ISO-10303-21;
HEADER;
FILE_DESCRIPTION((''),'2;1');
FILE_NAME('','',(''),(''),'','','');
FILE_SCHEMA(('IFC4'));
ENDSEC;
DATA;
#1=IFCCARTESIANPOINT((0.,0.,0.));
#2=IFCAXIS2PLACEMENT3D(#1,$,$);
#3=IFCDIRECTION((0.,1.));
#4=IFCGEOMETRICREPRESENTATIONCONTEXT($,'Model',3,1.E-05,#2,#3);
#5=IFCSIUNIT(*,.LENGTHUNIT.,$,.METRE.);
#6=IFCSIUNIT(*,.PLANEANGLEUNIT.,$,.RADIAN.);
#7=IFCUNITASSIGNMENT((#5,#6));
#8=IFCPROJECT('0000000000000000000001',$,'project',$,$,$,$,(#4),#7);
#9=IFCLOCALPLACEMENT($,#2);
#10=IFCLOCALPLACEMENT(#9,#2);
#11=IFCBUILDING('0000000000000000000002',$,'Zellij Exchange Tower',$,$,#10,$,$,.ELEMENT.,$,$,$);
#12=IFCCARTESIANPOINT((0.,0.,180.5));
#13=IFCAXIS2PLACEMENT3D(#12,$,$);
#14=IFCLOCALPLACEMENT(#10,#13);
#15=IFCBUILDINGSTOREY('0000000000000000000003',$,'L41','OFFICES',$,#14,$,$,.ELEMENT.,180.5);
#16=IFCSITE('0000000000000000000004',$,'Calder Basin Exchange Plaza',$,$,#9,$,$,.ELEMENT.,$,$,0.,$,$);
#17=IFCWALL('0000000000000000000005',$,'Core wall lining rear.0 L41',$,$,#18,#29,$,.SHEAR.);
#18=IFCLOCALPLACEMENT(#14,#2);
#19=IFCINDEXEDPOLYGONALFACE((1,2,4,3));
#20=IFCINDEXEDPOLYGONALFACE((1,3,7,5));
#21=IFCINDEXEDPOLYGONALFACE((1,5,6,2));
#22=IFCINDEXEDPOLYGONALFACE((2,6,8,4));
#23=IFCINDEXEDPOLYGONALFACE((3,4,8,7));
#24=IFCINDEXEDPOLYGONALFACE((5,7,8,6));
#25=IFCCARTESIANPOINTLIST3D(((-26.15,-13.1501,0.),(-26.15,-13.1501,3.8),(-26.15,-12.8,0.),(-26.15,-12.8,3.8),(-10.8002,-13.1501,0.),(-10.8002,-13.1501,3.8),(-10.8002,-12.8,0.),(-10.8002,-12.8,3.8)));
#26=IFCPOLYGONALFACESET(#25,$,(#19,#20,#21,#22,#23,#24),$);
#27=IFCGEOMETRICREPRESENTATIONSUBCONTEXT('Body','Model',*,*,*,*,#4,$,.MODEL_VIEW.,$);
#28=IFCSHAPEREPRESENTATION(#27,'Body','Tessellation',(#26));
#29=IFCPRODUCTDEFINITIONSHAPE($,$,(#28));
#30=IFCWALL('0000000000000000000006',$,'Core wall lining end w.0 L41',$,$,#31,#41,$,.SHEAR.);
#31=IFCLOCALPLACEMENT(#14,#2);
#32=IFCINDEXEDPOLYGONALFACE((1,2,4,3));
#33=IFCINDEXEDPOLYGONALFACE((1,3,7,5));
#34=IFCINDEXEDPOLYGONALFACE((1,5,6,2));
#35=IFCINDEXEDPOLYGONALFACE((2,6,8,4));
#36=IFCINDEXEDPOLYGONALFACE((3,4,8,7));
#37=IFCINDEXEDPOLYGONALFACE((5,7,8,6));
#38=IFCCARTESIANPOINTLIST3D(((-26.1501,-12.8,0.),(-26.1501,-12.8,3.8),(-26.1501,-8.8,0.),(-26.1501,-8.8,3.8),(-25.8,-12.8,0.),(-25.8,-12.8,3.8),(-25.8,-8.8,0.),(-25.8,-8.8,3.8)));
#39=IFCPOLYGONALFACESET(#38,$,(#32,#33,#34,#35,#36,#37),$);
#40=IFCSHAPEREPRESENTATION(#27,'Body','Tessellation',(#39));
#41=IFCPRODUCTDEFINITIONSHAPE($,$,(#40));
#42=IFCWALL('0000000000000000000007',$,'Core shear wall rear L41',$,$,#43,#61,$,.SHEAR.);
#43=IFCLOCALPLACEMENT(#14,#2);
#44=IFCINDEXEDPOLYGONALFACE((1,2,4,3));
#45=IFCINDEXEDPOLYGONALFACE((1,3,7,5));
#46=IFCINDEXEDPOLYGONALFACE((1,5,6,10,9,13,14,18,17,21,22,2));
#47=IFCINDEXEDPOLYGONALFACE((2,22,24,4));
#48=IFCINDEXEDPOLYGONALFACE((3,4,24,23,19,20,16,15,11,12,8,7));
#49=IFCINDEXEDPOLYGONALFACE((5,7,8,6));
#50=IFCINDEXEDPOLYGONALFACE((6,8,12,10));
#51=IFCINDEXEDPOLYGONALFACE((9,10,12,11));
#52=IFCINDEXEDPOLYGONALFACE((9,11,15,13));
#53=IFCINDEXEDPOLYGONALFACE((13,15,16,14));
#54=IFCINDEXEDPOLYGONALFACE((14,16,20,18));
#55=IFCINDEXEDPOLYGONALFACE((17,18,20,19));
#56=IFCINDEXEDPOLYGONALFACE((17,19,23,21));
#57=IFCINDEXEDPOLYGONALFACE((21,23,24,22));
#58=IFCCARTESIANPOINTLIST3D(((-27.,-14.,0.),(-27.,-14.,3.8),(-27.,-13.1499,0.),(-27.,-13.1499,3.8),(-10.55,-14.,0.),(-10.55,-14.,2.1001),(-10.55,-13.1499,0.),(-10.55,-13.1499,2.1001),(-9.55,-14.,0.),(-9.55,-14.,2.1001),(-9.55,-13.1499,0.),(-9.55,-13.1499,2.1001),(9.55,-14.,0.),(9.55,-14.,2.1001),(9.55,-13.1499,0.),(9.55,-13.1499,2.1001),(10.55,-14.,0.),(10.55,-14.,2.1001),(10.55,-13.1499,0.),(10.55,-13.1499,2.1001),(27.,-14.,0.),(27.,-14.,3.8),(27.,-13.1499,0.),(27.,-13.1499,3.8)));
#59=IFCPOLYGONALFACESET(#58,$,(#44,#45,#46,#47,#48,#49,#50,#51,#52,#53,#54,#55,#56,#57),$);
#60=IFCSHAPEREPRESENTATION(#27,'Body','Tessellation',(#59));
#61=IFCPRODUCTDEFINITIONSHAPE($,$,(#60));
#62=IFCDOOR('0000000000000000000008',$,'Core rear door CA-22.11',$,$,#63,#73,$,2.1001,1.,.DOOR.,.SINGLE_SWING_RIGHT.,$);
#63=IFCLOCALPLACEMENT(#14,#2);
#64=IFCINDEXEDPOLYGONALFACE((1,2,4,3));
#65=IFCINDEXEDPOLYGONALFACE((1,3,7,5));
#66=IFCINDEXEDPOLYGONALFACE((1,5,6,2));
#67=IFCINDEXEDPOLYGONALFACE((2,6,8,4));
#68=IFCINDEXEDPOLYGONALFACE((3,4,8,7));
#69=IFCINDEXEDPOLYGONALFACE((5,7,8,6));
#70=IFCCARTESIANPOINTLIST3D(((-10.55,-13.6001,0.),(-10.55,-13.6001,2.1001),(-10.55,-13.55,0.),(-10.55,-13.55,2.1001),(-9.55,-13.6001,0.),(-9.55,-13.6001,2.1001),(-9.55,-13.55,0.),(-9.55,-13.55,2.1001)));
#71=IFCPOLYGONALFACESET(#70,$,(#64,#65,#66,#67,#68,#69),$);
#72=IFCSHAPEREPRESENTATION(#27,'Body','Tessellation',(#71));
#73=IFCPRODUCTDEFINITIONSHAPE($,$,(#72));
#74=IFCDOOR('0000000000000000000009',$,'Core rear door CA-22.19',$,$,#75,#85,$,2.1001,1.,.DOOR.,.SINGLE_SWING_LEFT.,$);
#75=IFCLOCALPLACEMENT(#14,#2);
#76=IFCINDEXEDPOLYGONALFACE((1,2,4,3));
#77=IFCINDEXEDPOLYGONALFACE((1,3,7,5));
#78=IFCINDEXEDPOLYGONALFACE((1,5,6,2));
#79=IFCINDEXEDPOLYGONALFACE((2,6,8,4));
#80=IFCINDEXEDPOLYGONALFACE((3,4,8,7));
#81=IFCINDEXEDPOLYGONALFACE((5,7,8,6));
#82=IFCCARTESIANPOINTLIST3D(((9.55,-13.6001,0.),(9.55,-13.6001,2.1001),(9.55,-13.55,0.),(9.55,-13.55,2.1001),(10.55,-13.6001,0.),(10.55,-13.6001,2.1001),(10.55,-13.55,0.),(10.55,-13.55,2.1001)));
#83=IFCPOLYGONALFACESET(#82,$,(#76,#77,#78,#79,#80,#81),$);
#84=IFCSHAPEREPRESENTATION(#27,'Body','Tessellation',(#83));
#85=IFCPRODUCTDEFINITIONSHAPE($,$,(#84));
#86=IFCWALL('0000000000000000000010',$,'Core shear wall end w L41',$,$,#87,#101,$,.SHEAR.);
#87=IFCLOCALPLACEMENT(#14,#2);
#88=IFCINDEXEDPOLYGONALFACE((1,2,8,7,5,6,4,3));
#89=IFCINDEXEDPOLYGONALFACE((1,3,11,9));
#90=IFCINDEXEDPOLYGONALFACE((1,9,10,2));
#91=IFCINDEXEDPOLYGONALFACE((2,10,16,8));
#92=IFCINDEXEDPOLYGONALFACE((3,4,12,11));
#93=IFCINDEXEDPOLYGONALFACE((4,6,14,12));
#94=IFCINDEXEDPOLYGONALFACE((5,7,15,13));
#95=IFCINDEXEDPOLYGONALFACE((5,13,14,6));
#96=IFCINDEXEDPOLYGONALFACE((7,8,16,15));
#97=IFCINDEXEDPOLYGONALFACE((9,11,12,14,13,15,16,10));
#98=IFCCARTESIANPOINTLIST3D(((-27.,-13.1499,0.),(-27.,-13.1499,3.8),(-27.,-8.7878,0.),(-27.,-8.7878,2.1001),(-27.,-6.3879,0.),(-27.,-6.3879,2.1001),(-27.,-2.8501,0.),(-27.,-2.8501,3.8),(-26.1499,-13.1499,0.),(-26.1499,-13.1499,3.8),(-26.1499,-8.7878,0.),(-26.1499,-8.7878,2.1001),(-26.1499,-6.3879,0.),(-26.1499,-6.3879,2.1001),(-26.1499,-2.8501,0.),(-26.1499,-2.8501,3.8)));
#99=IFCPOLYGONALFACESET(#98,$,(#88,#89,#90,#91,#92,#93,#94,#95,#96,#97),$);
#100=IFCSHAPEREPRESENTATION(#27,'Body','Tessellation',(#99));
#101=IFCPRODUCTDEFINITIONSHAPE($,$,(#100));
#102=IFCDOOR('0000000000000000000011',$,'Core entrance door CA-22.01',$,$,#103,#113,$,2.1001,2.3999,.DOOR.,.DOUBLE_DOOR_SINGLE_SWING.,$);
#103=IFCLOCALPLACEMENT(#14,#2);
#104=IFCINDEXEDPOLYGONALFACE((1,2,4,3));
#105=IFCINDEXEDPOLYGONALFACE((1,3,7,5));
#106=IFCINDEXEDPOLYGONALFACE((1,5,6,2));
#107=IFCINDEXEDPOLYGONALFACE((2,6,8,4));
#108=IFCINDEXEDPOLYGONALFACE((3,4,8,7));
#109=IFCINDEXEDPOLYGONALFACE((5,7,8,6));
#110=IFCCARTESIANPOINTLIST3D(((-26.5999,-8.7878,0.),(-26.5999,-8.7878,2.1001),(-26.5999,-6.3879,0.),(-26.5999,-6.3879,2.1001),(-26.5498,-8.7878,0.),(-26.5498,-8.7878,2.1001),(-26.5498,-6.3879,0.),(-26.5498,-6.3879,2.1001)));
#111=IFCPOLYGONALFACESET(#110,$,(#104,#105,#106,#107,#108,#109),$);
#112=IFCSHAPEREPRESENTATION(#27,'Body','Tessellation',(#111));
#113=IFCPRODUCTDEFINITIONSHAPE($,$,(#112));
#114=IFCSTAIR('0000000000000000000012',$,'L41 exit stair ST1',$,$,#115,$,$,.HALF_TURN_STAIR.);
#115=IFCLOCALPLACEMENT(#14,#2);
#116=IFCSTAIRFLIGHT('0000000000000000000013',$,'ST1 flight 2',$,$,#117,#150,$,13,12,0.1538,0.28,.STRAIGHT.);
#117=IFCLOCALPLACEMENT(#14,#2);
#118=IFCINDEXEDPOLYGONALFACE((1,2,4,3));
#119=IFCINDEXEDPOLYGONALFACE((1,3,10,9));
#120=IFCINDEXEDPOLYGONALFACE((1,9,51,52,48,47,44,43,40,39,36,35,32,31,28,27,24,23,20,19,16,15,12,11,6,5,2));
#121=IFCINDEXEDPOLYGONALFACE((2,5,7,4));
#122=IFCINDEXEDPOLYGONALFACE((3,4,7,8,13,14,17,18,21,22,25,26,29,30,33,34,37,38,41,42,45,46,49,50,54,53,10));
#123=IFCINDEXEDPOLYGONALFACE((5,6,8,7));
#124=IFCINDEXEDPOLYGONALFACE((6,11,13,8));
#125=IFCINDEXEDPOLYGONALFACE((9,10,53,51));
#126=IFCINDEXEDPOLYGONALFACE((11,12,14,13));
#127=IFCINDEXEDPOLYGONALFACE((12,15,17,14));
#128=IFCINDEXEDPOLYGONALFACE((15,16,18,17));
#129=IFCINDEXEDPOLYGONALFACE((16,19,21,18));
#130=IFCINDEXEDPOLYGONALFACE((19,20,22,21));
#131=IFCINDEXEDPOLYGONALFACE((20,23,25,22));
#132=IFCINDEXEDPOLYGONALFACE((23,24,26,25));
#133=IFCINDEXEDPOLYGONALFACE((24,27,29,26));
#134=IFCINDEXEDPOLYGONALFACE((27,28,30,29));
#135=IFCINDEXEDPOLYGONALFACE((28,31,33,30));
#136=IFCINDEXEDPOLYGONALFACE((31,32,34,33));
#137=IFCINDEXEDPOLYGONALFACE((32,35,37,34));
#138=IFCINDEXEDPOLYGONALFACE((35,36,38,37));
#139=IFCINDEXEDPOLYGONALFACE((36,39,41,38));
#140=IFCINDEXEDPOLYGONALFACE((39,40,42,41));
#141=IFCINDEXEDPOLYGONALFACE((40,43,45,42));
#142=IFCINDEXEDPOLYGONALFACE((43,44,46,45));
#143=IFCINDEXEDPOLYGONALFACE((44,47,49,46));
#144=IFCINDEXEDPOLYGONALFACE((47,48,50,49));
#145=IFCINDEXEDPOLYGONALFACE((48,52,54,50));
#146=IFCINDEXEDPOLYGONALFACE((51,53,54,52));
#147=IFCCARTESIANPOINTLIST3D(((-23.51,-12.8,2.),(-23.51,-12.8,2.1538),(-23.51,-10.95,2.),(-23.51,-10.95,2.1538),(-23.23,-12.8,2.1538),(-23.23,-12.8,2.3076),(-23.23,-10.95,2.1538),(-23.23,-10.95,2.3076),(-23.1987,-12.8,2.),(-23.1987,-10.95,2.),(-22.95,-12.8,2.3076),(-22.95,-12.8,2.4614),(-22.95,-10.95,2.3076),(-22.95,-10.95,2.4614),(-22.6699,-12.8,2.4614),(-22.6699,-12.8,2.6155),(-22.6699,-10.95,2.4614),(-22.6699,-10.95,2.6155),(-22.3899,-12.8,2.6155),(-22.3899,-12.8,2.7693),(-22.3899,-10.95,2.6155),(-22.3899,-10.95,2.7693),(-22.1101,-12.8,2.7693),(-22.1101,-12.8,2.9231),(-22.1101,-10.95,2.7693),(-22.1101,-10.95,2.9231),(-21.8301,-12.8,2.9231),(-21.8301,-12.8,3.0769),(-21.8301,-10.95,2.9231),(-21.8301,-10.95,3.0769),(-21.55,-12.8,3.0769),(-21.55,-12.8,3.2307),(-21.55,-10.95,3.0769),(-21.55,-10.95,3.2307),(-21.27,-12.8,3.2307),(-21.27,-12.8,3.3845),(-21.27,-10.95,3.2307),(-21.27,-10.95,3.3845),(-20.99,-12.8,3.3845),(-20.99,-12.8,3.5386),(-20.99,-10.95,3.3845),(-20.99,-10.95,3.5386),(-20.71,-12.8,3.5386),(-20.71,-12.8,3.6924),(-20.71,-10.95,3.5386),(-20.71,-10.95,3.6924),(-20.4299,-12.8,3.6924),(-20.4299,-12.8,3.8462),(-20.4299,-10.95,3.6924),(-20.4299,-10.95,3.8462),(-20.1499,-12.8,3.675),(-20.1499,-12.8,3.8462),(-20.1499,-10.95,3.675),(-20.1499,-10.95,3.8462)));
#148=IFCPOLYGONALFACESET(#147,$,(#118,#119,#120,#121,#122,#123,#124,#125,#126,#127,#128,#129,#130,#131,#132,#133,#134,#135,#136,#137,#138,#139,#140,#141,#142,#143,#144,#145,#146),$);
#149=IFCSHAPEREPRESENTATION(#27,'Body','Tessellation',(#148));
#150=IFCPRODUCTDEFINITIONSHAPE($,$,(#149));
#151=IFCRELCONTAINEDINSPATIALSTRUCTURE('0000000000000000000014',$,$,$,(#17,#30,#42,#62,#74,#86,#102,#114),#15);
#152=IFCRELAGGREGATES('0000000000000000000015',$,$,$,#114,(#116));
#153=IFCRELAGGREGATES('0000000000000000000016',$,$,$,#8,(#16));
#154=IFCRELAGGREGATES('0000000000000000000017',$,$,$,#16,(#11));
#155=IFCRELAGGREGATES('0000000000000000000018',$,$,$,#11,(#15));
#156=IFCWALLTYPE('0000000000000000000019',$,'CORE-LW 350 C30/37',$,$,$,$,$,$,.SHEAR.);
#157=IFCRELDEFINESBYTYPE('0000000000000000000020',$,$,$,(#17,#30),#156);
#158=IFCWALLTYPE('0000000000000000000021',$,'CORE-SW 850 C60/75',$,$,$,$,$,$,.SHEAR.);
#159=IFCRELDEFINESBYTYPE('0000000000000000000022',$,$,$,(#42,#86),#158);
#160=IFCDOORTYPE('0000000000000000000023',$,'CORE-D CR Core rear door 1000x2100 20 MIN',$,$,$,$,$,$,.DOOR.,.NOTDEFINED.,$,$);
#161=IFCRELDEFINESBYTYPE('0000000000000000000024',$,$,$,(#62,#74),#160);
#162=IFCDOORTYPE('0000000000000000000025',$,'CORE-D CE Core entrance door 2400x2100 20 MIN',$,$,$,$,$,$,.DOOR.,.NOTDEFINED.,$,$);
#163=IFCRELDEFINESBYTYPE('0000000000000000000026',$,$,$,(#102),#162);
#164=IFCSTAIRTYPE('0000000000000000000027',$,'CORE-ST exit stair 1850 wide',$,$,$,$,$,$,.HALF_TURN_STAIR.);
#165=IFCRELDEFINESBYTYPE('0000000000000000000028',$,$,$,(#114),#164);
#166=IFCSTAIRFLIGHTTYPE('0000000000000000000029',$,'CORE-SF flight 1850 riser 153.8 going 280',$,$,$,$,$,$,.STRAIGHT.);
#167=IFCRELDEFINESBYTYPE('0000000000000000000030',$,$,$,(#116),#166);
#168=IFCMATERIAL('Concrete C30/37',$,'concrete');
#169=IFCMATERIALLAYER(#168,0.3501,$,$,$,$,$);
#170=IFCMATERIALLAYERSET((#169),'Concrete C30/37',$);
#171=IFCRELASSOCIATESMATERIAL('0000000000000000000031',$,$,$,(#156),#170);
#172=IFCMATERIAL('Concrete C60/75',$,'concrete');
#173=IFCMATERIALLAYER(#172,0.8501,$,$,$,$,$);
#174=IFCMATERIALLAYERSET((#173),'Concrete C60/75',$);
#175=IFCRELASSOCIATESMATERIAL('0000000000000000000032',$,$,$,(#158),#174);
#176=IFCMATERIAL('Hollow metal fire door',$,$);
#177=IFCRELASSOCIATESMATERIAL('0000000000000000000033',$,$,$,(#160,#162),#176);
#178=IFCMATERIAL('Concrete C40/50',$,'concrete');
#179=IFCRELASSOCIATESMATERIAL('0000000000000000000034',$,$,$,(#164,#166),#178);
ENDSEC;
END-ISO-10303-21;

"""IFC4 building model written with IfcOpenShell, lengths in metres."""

from ifc_helpers import new_model, si_unit, direction, frame, frame_2d, origin, place, context, subcontext, project, spatial, polyline, rectangle, outline, extrude, material, layer, layer_set, type_object, element, fill, aggregate, save


model = new_model("IFC4")

# Units and contexts
model_context = context("Model", 3, precision=1e-05, world=origin(), true_north=direction((0.0, 1.0)))
body_context = subcontext(model_context, "Body", "Model", "MODEL_VIEW")
ifc_project = project(units=[si_unit("LENGTHUNIT", "METRE"), si_unit("PLANEANGLEUNIT", "RADIAN")], contexts=[model_context])

# Site, building, storey
site_placement = place(None, origin())
site = spatial("IfcSite", under=ifc_project, at=site_placement, Name="Calder Basin Exchange Plaza", CompositionType="ELEMENT", RefElevation=0.0)
building_placement = place(site_placement, origin())
building = spatial("IfcBuilding", under=site, at=building_placement, Name="Zellij Exchange Tower", CompositionType="ELEMENT")
storey_placement = place(building_placement, frame((0.0, 0.0, 180.5)))
storey = spatial("IfcBuildingStorey", under=building, at=storey_placement, Name="L41", Description="OFFICES", CompositionType="ELEMENT", Elevation=180.5)

# Walls
ifc_material_1 = material(Name="Concrete C30/37", Category="concrete")
ifc_layer_1 = layer(ifc_material_1, 0.3501)
ifc_layer_set_1 = layer_set([ifc_layer_1], Name="Concrete C30/37")
wall_type_1 = type_object("IfcWallType", Name="CORE-LW 350 C30/37", PredefinedType="SHEAR", material=ifc_layer_set_1)
wall_1_placement = place(storey_placement, frame((-26.1499, -12.9751, 0.0), z_axis=(0.0, 0.0, 1.0), x_axis=(1.0, 0.0, 0.0)))
element("IfcWall", 1, at=wall_1_placement, inside=storey, type_object=wall_type_1, Name="Core wall lining rear.0 L41", PredefinedType="SHEAR", context=body_context, shape_type="SweptSolid", body=[
    extrude(rectangle(XDim=15.3499, YDim=0.3501, at=frame_2d((7.6748, 0.0))), origin(), (0.0, 0.0, 1.0), 3.8),
])
wall_2_placement = place(storey_placement, frame((-25.9751, -12.8, 0.0), z_axis=(0.0, 0.0, 1.0), x_axis=(0.0, 1.0, 0.0)))
element("IfcWall", 2, at=wall_2_placement, inside=storey, type_object=wall_type_1, Name="Core wall lining end w.0 L41", PredefinedType="SHEAR", context=body_context, shape_type="SweptSolid", body=[
    extrude(rectangle(XDim=4.0, YDim=0.3501, at=frame_2d((2.0, 0.0))), origin(), (0.0, 0.0, 1.0), 3.8),
])

# Wall, openings, doors
ifc_material_2 = material(Name="Concrete C60/75", Category="concrete")
ifc_layer_2 = layer(ifc_material_2, 0.8501)
ifc_layer_set_2 = layer_set([ifc_layer_2], Name="Concrete C60/75")
wall_type_2 = type_object("IfcWallType", Name="CORE-SW 850 C60/75", PredefinedType="SHEAR", material=ifc_layer_set_2)
wall_3_placement = place(storey_placement, frame((-27.0, -13.575, 0.0), z_axis=(0.0, 0.0, 1.0), x_axis=(1.0, 0.0, 0.0)))
wall_3 = element("IfcWall", 3, at=wall_3_placement, inside=storey, type_object=wall_type_2, Name="Core shear wall rear L41", PredefinedType="SHEAR", context=body_context, shape_type="SweptSolid", body=[
    extrude(rectangle(XDim=54.0, YDim=0.8501, at=frame_2d((27.0, 0.0))), origin(), (0.0, 0.0, 1.0), 3.8),
])
opening_1_placement = place(wall_3_placement, frame((16.45, 0.0, 0.0)))
opening_1 = element("IfcOpeningElement", 4, at=opening_1_placement, cuts=wall_3, PredefinedType="OPENING", context=body_context, shape_type="SweptSolid", body=[
    extrude(rectangle(XDim=1.0, YDim=2.1001, at=frame_2d((0.5, 1.05))), frame((0.0, 0.437, 0.0), z_axis=(0.0, -1.0, 0.0), x_axis=(1.0, 0.0, 0.0)), (0.0, 0.0, 1.0), 0.874),
])
opening_2_placement = place(wall_3_placement, frame((36.55, 0.0, 0.0)))
opening_2 = element("IfcOpeningElement", 5, at=opening_2_placement, cuts=wall_3, PredefinedType="OPENING", context=body_context, shape_type="SweptSolid", body=[
    extrude(rectangle(XDim=1.0, YDim=2.1001, at=frame_2d((0.5, 1.05))), frame((0.0, 0.437, 0.0), z_axis=(0.0, -1.0, 0.0), x_axis=(1.0, 0.0, 0.0)), (0.0, 0.0, 1.0), 0.874),
])
ifc_material_3 = material(Name="Hollow metal fire door")
door_type_1 = type_object("IfcDoorType", Name="CORE-D CR Core rear door 1000x2100 20 MIN", OperationType="NOTDEFINED", PredefinedType="DOOR", material=ifc_material_3)
door_1_placement = place(opening_1_placement, origin())
door_1 = element("IfcDoor", 6, at=door_1_placement, inside=storey, type_object=door_type_1, Name="Core rear door CA-22.11", OperationType="SINGLE_SWING_RIGHT", OverallHeight=2.1001, OverallWidth=1.0, PredefinedType="DOOR", context=body_context, shape_type="SweptSolid", body=[
    extrude(rectangle(XDim=1.0, YDim=2.1001, at=frame_2d((0.5, 1.05))), frame((0.0, 0.0249, 0.0), z_axis=(0.0, -1.0, 0.0), x_axis=(1.0, 0.0, 0.0)), (0.0, 0.0, 1.0), 0.05),
])
fill(opening_1, door_1)
door_2_placement = place(opening_2_placement, origin())
door_2 = element("IfcDoor", 7, at=door_2_placement, inside=storey, type_object=door_type_1, Name="Core rear door CA-22.19", OperationType="SINGLE_SWING_LEFT", OverallHeight=2.1001, OverallWidth=1.0, PredefinedType="DOOR", context=body_context, shape_type="SweptSolid", body=[
    extrude(rectangle(XDim=1.0, YDim=2.1001, at=frame_2d((0.5, 1.05))), frame((0.0, 0.0249, 0.0), z_axis=(0.0, -1.0, 0.0), x_axis=(1.0, 0.0, 0.0)), (0.0, 0.0, 1.0), 0.05),
])
fill(opening_2, door_2)

# Wall, opening, door
wall_4_placement = place(storey_placement, frame((-26.575, -13.1499, 0.0), z_axis=(0.0, 0.0, 1.0), x_axis=(0.0, 1.0, 0.0)))
wall_4 = element("IfcWall", 8, at=wall_4_placement, inside=storey, type_object=wall_type_2, Name="Core shear wall end w L41", PredefinedType="SHEAR", context=body_context, shape_type="SweptSolid", body=[
    extrude(rectangle(XDim=10.2998, YDim=0.8501, at=frame_2d((5.1499, 0.0))), origin(), (0.0, 0.0, 1.0), 3.8),
])
opening_3_placement = place(wall_4_placement, frame((4.3621, 0.0, 0.0)))
opening_3 = element("IfcOpeningElement", 9, at=opening_3_placement, cuts=wall_4, PredefinedType="OPENING", context=body_context, shape_type="SweptSolid", body=[
    extrude(rectangle(XDim=2.3999, YDim=2.1001, at=frame_2d((1.2, 1.05))), frame((0.0, 0.437, 0.0), z_axis=(0.0, -1.0, 0.0), x_axis=(1.0, 0.0, 0.0)), (0.0, 0.0, 1.0), 0.874),
])
door_type_2 = type_object("IfcDoorType", Name="CORE-D CE Core entrance door 2400x2100 20 MIN", OperationType="NOTDEFINED", PredefinedType="DOOR", material=ifc_material_3)
door_3_placement = place(opening_3_placement, origin())
door_3 = element("IfcDoor", 10, at=door_3_placement, inside=storey, type_object=door_type_2, Name="Core entrance door CA-22.01", OperationType="DOUBLE_DOOR_SINGLE_SWING", OverallHeight=2.1001, OverallWidth=2.3999, PredefinedType="DOOR", context=body_context, shape_type="SweptSolid", body=[
    extrude(rectangle(XDim=2.3999, YDim=2.1001, at=frame_2d((1.2, 1.05))), frame((0.0, 0.0249, 0.0), z_axis=(0.0, -1.0, 0.0), x_axis=(1.0, 0.0, 0.0)), (0.0, 0.0, 1.0), 0.05),
])
fill(opening_3, door_3)

# Stair, stair flight
ifc_material_4 = material(Name="Concrete C40/50", Category="concrete")
stair_type = type_object("IfcStairType", Name="CORE-ST exit stair 1850 wide", PredefinedType="HALF_TURN_STAIR", material=ifc_material_4)
stair_placement = place(storey_placement, origin())
stair = element("IfcStair", 11, at=stair_placement, inside=storey, type_object=stair_type, Name="L41 exit stair ST1", PredefinedType="HALF_TURN_STAIR")
stair_flight_type = type_object("IfcStairFlightType", Name="CORE-SF flight 1850 riser 153.8 going 280", PredefinedType="STRAIGHT", material=ifc_material_4)
stair_flight_placement = place(storey_placement, frame((-23.51, -11.875, 2.0), z_axis=(0.0, 0.0, 1.0), x_axis=(1.0, 0.0, 0.0)))
stair_flight = element("IfcStairFlight", 12, at=stair_flight_placement, type_object=stair_flight_type, Name="ST1 flight 2", NumberOfRisers=13, NumberOfTreads=12, PredefinedType="STRAIGHT", RiserHeight=0.1538, TreadLength=0.28, context=body_context, shape_type="SweptSolid", body=[
    extrude(outline(polyline([(0.0, 0.0), (0.0, 0.1538), (0.28, 0.1538), (0.28, 0.3076), (0.5601, 0.3076), (0.5601, 0.4614), (0.8401, 0.4614), (0.8401, 0.6155), (1.1201, 0.6155), (1.1201, 0.7693), (1.3999, 0.7693), (1.3999, 0.9231), (1.6799, 0.9231), (1.6799, 1.0769), (1.96, 1.0769), (1.96, 1.2307), (2.24, 1.2307), (2.24, 1.3845), (2.52, 1.3845), (2.52, 1.5386), (2.8, 1.5386), (2.8, 1.6924), (3.0801, 1.6924), (3.0801, 1.8462), (3.3601, 1.8462), (3.3601, 2.0), (3.3601, 1.675), (0.3113, 0.0), (0.0, 0.0)])), frame((0.0, 0.925, 0.0), z_axis=(0.0, -1.0, 0.0), x_axis=(1.0, 0.0, 0.0)), (0.0, 0.0, 1.0), 1.8501),
])
aggregate(stair, [stair_flight])

save(model, "model.ifc")
